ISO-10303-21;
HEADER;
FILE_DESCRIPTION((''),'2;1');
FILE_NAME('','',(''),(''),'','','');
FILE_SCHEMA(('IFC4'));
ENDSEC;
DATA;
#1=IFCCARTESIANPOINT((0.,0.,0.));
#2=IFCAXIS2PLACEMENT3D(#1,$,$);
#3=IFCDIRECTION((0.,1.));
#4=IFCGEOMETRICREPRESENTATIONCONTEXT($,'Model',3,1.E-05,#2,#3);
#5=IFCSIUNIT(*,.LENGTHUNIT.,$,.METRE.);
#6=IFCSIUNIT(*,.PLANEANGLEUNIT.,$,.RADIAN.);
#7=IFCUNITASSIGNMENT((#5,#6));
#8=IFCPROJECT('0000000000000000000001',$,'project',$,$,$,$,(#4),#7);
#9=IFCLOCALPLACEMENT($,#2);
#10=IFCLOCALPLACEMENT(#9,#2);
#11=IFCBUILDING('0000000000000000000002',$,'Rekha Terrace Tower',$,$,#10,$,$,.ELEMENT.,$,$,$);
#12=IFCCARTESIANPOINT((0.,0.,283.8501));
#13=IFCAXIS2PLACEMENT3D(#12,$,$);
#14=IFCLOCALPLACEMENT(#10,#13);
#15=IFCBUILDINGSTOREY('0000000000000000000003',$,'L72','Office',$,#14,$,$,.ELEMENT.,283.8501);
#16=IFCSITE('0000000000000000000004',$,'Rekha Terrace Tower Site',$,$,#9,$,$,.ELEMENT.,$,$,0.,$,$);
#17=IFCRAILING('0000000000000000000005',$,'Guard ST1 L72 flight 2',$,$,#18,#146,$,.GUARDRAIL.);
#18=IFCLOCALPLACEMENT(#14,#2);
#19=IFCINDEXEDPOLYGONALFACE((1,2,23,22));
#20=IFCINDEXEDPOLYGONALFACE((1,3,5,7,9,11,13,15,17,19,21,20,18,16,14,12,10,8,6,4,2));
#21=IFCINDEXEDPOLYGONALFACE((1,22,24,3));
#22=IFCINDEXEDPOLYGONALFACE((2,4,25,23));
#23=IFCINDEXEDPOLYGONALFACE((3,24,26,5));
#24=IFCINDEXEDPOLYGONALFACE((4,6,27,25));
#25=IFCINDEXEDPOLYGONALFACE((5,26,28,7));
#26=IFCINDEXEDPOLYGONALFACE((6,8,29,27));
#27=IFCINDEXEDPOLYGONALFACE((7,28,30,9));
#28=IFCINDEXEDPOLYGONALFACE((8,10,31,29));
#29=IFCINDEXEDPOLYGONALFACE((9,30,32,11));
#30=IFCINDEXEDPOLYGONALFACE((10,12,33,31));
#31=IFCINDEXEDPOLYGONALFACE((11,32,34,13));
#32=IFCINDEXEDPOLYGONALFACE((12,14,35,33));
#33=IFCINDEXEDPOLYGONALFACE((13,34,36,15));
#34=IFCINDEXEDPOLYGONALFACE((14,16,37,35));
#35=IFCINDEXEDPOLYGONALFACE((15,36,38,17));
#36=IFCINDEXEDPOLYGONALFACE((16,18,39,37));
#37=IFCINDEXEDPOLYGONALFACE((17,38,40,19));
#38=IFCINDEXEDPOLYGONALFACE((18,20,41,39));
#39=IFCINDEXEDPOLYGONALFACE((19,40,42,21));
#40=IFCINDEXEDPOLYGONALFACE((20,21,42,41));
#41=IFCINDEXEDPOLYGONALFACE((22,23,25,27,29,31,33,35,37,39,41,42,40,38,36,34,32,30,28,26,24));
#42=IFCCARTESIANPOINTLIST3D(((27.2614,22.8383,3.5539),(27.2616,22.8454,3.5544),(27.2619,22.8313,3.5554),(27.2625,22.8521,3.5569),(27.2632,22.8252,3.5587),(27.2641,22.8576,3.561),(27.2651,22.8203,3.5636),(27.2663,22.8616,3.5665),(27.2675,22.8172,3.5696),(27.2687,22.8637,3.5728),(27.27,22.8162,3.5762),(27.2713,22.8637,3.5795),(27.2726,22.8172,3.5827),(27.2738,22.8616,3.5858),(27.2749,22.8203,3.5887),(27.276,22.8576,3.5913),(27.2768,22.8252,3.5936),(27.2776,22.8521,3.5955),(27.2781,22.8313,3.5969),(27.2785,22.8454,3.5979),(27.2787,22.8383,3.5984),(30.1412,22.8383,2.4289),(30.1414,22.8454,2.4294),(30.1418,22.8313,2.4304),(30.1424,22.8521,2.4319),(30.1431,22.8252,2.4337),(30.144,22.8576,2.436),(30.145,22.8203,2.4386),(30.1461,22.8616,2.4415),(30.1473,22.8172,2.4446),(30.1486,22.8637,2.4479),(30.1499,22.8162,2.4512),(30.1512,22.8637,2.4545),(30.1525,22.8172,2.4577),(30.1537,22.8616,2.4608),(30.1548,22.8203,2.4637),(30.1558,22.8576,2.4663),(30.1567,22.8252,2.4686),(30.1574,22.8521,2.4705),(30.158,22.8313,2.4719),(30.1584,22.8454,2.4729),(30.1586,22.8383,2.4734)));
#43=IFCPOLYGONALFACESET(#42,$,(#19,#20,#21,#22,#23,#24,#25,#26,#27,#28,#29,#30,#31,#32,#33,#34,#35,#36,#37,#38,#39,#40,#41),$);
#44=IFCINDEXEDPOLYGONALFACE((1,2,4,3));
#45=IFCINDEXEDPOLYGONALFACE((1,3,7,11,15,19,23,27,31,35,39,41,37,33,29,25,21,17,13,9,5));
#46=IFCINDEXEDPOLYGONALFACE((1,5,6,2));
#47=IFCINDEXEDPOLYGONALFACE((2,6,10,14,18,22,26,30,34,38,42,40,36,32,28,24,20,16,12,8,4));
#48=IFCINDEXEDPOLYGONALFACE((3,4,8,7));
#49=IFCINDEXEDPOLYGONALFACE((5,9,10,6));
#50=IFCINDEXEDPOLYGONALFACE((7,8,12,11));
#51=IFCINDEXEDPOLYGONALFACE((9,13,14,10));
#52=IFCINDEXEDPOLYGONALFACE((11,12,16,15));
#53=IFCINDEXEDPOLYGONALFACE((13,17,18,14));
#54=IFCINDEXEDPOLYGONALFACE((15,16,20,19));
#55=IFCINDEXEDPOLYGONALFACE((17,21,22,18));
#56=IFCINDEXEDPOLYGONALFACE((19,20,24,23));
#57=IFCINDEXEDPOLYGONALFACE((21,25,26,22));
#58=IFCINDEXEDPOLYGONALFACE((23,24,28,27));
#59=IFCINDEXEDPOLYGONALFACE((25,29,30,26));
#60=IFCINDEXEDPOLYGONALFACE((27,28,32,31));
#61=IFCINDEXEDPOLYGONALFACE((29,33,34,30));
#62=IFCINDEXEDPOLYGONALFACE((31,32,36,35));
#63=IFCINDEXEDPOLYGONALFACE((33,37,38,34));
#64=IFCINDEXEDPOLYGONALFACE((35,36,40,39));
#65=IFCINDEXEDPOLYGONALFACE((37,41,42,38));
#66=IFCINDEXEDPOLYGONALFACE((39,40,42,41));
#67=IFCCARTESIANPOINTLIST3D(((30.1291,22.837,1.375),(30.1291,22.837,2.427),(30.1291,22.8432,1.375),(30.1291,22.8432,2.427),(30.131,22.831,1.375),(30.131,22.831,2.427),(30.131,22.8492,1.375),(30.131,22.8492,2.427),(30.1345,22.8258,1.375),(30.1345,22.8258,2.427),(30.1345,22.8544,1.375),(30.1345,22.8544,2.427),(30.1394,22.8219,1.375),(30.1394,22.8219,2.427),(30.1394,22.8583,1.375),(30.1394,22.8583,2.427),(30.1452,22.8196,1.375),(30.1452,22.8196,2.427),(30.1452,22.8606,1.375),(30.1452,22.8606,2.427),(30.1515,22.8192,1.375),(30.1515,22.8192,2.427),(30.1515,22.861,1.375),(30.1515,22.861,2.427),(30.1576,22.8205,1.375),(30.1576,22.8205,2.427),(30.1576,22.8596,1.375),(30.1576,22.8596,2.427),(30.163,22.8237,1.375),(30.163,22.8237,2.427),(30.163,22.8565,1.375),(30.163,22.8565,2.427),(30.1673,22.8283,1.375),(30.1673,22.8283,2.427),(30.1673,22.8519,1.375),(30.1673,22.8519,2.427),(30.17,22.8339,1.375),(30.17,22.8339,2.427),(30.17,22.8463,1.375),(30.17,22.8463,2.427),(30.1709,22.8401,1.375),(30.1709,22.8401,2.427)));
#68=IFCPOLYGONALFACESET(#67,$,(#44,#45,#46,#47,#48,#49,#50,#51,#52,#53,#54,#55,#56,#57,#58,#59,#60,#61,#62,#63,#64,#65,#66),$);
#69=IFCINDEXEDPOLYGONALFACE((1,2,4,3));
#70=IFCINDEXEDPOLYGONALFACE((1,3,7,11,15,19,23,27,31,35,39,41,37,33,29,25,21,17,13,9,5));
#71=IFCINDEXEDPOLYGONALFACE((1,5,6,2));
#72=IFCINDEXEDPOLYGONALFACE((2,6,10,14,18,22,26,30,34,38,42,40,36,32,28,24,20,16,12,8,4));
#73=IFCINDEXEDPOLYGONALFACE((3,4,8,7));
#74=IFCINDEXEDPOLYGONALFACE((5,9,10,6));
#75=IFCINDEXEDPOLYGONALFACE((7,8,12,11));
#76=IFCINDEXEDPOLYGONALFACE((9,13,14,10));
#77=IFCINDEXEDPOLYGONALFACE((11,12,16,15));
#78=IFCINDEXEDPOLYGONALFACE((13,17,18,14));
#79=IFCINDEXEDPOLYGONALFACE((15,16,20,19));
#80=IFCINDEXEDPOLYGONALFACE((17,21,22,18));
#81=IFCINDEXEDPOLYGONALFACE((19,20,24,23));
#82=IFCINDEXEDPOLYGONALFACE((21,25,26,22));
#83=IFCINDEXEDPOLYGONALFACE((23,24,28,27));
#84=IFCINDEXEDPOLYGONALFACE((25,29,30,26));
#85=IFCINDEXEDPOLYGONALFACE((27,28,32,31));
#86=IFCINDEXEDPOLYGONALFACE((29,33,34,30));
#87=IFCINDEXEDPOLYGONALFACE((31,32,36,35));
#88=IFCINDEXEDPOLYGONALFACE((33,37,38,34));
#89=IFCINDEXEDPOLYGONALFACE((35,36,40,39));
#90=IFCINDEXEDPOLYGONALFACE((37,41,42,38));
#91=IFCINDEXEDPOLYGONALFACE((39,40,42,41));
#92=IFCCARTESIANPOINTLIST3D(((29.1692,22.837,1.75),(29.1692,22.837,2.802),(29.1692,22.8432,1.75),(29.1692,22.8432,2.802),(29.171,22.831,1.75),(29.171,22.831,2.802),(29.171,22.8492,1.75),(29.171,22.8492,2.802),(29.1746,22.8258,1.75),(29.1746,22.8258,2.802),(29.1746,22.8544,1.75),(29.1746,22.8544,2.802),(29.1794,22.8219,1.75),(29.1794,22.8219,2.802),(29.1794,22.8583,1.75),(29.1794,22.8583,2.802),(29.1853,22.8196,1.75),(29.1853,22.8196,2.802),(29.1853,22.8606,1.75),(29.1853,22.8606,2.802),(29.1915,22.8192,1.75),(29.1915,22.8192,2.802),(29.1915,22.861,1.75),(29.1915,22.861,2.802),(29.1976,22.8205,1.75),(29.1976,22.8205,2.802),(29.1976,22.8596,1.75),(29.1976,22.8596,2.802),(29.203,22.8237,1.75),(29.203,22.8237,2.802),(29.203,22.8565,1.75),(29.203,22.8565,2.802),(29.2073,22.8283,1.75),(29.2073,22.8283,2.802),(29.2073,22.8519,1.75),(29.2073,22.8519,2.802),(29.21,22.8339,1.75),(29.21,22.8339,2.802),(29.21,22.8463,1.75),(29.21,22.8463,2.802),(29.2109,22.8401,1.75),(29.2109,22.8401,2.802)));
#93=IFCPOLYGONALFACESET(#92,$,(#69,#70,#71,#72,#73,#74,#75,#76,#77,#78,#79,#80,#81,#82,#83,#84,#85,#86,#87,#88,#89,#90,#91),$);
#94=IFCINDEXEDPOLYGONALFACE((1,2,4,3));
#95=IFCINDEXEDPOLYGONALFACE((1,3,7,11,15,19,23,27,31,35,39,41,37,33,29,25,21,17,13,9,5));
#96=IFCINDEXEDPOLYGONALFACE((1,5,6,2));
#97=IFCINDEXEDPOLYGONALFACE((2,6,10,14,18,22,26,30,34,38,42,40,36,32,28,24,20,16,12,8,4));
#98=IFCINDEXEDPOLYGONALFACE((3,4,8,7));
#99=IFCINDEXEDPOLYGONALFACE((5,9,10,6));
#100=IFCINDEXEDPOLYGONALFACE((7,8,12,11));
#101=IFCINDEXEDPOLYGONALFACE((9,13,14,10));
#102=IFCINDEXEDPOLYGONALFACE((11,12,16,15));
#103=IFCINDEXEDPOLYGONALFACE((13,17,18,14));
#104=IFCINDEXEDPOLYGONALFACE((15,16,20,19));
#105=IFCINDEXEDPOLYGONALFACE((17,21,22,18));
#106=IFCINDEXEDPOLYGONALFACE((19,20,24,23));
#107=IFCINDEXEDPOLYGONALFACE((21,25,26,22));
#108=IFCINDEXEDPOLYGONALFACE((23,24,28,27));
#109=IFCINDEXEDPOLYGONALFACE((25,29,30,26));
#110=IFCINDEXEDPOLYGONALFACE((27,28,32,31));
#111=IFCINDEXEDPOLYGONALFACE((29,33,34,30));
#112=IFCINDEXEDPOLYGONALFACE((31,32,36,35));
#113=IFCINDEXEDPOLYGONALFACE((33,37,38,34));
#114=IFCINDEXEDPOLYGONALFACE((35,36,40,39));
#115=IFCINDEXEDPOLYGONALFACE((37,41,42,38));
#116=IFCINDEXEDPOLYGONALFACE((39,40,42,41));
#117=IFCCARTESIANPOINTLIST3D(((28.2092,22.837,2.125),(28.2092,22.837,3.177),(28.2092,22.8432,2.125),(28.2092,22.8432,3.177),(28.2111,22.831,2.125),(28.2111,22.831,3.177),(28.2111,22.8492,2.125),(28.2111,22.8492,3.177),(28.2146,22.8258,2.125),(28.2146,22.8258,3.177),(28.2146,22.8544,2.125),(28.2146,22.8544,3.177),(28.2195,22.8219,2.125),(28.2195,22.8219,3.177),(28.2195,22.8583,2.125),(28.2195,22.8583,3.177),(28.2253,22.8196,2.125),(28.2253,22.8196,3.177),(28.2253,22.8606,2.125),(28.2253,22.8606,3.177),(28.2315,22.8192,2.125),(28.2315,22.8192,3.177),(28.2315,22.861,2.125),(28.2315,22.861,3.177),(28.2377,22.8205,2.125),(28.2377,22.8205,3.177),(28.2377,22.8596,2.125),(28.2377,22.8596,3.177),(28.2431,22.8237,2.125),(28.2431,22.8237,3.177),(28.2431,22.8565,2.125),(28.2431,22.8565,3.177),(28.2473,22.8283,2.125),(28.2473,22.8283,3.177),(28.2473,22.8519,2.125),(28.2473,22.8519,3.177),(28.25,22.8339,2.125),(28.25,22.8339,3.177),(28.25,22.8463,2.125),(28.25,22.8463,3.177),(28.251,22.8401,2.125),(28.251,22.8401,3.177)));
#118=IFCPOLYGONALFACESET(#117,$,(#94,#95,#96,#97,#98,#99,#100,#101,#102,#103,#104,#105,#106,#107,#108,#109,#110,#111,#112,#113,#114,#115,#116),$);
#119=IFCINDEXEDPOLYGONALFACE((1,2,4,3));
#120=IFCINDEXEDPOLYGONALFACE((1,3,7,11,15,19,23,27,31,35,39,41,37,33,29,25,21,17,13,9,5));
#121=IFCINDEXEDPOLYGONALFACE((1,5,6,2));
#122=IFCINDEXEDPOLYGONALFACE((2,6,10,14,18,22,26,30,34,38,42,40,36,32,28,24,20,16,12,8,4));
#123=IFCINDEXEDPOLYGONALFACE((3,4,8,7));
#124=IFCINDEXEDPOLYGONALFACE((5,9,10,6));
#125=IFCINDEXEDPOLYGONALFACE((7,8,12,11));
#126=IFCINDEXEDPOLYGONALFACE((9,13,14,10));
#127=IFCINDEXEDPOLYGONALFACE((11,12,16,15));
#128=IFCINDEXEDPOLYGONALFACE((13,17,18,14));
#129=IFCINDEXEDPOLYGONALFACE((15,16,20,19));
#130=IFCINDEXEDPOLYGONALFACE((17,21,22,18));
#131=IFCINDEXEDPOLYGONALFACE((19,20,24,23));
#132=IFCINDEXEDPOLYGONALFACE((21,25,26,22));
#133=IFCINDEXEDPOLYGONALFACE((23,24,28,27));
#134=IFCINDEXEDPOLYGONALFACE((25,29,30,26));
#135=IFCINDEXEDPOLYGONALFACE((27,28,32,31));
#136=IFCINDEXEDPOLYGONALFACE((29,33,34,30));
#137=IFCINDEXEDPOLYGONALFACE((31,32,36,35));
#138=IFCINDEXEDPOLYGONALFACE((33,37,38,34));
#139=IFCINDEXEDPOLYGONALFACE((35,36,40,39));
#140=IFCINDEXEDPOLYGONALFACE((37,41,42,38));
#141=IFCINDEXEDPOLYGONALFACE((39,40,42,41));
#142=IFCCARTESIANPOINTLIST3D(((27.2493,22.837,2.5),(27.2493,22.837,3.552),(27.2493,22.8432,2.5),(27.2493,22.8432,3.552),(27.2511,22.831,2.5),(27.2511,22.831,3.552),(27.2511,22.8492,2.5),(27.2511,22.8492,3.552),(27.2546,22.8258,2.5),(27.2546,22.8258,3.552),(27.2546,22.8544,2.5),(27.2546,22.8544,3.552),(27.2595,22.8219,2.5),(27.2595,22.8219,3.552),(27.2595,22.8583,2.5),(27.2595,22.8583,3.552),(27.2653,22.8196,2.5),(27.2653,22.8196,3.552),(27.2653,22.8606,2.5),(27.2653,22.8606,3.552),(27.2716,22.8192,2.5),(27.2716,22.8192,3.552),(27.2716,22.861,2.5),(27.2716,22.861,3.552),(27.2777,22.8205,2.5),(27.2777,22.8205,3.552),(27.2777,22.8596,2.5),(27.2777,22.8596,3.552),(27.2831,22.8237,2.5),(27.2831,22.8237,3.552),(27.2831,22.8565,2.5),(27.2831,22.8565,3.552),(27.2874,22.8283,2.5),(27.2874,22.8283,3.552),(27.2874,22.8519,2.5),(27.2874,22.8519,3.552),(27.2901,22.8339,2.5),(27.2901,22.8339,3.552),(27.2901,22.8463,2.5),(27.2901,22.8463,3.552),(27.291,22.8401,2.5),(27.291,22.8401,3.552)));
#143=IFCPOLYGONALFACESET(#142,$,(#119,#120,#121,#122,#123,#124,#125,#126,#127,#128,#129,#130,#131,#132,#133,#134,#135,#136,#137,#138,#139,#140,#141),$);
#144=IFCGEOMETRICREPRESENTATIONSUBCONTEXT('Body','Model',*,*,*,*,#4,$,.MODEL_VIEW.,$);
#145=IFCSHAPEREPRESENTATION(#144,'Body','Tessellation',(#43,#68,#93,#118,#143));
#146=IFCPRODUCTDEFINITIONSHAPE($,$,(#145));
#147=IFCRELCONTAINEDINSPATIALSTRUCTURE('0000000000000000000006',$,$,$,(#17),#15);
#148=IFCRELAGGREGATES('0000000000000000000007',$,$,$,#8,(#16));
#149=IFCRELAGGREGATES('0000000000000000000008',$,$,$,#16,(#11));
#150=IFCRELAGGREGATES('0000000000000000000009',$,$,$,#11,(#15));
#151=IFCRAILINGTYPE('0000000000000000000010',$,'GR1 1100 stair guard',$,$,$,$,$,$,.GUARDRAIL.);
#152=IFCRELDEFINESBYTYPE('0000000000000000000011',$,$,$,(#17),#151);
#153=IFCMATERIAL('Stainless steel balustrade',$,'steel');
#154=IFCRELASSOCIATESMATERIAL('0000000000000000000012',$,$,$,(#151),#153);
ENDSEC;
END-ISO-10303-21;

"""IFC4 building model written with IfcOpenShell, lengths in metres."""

from ifc_helpers import new_model, si_unit, direction, frame, origin, origin_2d, place, context, subcontext, project, spatial, circle, extrude, material, type_object, element, save


model = new_model("IFC4")

# Units and contexts
model_context = context("Model", 3, precision=1e-05, world=origin(), true_north=direction((0.0, 1.0)))
body_context = subcontext(model_context, "Body", "Model", "MODEL_VIEW")
ifc_project = project(units=[si_unit("LENGTHUNIT", "METRE"), si_unit("PLANEANGLEUNIT", "RADIAN")], contexts=[model_context])

# Site, building, storey
site_placement = place(None, origin())
site = spatial("IfcSite", under=ifc_project, at=site_placement, Name="Rekha Terrace Tower Site", CompositionType="ELEMENT", RefElevation=0.0)
building_placement = place(site_placement, origin())
building = spatial("IfcBuilding", under=site, at=building_placement, Name="Rekha Terrace Tower", CompositionType="ELEMENT")
storey_placement = place(building_placement, frame((0.0, 0.0, 283.8501)))
storey = spatial("IfcBuildingStorey", under=building, at=storey_placement, Name="L72", Description="Office", CompositionType="ELEMENT", Elevation=283.8501)

# Railing
ifc_material_1 = material(Name="Stainless steel balustrade", Category="steel")
railing_type_1 = type_object("IfcRailingType", Name="GR1 1100 stair guard", PredefinedType="GUARDRAIL", material=ifc_material_1)
railing_1_placement = place(storey_placement, frame((30.1499, 22.8401, 1.375)))
element("IfcRailing", 1, at=railing_1_placement, inside=storey, type_object=railing_type_1, Name="Guard ST1 L72 flight 2", PredefinedType="GUARDRAIL", context=body_context, shape_type="SweptSolid", body=[
    extrude(circle(Radius=0.0239, at=origin_2d()), frame((0.0, 0.0, 1.0762), z_axis=(-0.931452, 0.0, 0.363863), x_axis=(0.0, -1.0, 0.0)), (0.0, 0.0, 1.0), 3.0918),
    extrude(circle(Radius=0.021, at=origin_2d()), origin(), (0.0, 0.0, 1.0), 1.052),
    extrude(circle(Radius=0.021, at=origin_2d()), frame((-0.96, 0.0, 0.375)), (0.0, 0.0, 1.0), 1.052),
    extrude(circle(Radius=0.021, at=origin_2d()), frame((-1.9199, 0.0, 0.75)), (0.0, 0.0, 1.0), 1.052),
    extrude(circle(Radius=0.021, at=origin_2d()), frame((-2.8799, 0.0, 1.125)), (0.0, 0.0, 1.0), 1.052),
])

save(model, "model.ifc")
